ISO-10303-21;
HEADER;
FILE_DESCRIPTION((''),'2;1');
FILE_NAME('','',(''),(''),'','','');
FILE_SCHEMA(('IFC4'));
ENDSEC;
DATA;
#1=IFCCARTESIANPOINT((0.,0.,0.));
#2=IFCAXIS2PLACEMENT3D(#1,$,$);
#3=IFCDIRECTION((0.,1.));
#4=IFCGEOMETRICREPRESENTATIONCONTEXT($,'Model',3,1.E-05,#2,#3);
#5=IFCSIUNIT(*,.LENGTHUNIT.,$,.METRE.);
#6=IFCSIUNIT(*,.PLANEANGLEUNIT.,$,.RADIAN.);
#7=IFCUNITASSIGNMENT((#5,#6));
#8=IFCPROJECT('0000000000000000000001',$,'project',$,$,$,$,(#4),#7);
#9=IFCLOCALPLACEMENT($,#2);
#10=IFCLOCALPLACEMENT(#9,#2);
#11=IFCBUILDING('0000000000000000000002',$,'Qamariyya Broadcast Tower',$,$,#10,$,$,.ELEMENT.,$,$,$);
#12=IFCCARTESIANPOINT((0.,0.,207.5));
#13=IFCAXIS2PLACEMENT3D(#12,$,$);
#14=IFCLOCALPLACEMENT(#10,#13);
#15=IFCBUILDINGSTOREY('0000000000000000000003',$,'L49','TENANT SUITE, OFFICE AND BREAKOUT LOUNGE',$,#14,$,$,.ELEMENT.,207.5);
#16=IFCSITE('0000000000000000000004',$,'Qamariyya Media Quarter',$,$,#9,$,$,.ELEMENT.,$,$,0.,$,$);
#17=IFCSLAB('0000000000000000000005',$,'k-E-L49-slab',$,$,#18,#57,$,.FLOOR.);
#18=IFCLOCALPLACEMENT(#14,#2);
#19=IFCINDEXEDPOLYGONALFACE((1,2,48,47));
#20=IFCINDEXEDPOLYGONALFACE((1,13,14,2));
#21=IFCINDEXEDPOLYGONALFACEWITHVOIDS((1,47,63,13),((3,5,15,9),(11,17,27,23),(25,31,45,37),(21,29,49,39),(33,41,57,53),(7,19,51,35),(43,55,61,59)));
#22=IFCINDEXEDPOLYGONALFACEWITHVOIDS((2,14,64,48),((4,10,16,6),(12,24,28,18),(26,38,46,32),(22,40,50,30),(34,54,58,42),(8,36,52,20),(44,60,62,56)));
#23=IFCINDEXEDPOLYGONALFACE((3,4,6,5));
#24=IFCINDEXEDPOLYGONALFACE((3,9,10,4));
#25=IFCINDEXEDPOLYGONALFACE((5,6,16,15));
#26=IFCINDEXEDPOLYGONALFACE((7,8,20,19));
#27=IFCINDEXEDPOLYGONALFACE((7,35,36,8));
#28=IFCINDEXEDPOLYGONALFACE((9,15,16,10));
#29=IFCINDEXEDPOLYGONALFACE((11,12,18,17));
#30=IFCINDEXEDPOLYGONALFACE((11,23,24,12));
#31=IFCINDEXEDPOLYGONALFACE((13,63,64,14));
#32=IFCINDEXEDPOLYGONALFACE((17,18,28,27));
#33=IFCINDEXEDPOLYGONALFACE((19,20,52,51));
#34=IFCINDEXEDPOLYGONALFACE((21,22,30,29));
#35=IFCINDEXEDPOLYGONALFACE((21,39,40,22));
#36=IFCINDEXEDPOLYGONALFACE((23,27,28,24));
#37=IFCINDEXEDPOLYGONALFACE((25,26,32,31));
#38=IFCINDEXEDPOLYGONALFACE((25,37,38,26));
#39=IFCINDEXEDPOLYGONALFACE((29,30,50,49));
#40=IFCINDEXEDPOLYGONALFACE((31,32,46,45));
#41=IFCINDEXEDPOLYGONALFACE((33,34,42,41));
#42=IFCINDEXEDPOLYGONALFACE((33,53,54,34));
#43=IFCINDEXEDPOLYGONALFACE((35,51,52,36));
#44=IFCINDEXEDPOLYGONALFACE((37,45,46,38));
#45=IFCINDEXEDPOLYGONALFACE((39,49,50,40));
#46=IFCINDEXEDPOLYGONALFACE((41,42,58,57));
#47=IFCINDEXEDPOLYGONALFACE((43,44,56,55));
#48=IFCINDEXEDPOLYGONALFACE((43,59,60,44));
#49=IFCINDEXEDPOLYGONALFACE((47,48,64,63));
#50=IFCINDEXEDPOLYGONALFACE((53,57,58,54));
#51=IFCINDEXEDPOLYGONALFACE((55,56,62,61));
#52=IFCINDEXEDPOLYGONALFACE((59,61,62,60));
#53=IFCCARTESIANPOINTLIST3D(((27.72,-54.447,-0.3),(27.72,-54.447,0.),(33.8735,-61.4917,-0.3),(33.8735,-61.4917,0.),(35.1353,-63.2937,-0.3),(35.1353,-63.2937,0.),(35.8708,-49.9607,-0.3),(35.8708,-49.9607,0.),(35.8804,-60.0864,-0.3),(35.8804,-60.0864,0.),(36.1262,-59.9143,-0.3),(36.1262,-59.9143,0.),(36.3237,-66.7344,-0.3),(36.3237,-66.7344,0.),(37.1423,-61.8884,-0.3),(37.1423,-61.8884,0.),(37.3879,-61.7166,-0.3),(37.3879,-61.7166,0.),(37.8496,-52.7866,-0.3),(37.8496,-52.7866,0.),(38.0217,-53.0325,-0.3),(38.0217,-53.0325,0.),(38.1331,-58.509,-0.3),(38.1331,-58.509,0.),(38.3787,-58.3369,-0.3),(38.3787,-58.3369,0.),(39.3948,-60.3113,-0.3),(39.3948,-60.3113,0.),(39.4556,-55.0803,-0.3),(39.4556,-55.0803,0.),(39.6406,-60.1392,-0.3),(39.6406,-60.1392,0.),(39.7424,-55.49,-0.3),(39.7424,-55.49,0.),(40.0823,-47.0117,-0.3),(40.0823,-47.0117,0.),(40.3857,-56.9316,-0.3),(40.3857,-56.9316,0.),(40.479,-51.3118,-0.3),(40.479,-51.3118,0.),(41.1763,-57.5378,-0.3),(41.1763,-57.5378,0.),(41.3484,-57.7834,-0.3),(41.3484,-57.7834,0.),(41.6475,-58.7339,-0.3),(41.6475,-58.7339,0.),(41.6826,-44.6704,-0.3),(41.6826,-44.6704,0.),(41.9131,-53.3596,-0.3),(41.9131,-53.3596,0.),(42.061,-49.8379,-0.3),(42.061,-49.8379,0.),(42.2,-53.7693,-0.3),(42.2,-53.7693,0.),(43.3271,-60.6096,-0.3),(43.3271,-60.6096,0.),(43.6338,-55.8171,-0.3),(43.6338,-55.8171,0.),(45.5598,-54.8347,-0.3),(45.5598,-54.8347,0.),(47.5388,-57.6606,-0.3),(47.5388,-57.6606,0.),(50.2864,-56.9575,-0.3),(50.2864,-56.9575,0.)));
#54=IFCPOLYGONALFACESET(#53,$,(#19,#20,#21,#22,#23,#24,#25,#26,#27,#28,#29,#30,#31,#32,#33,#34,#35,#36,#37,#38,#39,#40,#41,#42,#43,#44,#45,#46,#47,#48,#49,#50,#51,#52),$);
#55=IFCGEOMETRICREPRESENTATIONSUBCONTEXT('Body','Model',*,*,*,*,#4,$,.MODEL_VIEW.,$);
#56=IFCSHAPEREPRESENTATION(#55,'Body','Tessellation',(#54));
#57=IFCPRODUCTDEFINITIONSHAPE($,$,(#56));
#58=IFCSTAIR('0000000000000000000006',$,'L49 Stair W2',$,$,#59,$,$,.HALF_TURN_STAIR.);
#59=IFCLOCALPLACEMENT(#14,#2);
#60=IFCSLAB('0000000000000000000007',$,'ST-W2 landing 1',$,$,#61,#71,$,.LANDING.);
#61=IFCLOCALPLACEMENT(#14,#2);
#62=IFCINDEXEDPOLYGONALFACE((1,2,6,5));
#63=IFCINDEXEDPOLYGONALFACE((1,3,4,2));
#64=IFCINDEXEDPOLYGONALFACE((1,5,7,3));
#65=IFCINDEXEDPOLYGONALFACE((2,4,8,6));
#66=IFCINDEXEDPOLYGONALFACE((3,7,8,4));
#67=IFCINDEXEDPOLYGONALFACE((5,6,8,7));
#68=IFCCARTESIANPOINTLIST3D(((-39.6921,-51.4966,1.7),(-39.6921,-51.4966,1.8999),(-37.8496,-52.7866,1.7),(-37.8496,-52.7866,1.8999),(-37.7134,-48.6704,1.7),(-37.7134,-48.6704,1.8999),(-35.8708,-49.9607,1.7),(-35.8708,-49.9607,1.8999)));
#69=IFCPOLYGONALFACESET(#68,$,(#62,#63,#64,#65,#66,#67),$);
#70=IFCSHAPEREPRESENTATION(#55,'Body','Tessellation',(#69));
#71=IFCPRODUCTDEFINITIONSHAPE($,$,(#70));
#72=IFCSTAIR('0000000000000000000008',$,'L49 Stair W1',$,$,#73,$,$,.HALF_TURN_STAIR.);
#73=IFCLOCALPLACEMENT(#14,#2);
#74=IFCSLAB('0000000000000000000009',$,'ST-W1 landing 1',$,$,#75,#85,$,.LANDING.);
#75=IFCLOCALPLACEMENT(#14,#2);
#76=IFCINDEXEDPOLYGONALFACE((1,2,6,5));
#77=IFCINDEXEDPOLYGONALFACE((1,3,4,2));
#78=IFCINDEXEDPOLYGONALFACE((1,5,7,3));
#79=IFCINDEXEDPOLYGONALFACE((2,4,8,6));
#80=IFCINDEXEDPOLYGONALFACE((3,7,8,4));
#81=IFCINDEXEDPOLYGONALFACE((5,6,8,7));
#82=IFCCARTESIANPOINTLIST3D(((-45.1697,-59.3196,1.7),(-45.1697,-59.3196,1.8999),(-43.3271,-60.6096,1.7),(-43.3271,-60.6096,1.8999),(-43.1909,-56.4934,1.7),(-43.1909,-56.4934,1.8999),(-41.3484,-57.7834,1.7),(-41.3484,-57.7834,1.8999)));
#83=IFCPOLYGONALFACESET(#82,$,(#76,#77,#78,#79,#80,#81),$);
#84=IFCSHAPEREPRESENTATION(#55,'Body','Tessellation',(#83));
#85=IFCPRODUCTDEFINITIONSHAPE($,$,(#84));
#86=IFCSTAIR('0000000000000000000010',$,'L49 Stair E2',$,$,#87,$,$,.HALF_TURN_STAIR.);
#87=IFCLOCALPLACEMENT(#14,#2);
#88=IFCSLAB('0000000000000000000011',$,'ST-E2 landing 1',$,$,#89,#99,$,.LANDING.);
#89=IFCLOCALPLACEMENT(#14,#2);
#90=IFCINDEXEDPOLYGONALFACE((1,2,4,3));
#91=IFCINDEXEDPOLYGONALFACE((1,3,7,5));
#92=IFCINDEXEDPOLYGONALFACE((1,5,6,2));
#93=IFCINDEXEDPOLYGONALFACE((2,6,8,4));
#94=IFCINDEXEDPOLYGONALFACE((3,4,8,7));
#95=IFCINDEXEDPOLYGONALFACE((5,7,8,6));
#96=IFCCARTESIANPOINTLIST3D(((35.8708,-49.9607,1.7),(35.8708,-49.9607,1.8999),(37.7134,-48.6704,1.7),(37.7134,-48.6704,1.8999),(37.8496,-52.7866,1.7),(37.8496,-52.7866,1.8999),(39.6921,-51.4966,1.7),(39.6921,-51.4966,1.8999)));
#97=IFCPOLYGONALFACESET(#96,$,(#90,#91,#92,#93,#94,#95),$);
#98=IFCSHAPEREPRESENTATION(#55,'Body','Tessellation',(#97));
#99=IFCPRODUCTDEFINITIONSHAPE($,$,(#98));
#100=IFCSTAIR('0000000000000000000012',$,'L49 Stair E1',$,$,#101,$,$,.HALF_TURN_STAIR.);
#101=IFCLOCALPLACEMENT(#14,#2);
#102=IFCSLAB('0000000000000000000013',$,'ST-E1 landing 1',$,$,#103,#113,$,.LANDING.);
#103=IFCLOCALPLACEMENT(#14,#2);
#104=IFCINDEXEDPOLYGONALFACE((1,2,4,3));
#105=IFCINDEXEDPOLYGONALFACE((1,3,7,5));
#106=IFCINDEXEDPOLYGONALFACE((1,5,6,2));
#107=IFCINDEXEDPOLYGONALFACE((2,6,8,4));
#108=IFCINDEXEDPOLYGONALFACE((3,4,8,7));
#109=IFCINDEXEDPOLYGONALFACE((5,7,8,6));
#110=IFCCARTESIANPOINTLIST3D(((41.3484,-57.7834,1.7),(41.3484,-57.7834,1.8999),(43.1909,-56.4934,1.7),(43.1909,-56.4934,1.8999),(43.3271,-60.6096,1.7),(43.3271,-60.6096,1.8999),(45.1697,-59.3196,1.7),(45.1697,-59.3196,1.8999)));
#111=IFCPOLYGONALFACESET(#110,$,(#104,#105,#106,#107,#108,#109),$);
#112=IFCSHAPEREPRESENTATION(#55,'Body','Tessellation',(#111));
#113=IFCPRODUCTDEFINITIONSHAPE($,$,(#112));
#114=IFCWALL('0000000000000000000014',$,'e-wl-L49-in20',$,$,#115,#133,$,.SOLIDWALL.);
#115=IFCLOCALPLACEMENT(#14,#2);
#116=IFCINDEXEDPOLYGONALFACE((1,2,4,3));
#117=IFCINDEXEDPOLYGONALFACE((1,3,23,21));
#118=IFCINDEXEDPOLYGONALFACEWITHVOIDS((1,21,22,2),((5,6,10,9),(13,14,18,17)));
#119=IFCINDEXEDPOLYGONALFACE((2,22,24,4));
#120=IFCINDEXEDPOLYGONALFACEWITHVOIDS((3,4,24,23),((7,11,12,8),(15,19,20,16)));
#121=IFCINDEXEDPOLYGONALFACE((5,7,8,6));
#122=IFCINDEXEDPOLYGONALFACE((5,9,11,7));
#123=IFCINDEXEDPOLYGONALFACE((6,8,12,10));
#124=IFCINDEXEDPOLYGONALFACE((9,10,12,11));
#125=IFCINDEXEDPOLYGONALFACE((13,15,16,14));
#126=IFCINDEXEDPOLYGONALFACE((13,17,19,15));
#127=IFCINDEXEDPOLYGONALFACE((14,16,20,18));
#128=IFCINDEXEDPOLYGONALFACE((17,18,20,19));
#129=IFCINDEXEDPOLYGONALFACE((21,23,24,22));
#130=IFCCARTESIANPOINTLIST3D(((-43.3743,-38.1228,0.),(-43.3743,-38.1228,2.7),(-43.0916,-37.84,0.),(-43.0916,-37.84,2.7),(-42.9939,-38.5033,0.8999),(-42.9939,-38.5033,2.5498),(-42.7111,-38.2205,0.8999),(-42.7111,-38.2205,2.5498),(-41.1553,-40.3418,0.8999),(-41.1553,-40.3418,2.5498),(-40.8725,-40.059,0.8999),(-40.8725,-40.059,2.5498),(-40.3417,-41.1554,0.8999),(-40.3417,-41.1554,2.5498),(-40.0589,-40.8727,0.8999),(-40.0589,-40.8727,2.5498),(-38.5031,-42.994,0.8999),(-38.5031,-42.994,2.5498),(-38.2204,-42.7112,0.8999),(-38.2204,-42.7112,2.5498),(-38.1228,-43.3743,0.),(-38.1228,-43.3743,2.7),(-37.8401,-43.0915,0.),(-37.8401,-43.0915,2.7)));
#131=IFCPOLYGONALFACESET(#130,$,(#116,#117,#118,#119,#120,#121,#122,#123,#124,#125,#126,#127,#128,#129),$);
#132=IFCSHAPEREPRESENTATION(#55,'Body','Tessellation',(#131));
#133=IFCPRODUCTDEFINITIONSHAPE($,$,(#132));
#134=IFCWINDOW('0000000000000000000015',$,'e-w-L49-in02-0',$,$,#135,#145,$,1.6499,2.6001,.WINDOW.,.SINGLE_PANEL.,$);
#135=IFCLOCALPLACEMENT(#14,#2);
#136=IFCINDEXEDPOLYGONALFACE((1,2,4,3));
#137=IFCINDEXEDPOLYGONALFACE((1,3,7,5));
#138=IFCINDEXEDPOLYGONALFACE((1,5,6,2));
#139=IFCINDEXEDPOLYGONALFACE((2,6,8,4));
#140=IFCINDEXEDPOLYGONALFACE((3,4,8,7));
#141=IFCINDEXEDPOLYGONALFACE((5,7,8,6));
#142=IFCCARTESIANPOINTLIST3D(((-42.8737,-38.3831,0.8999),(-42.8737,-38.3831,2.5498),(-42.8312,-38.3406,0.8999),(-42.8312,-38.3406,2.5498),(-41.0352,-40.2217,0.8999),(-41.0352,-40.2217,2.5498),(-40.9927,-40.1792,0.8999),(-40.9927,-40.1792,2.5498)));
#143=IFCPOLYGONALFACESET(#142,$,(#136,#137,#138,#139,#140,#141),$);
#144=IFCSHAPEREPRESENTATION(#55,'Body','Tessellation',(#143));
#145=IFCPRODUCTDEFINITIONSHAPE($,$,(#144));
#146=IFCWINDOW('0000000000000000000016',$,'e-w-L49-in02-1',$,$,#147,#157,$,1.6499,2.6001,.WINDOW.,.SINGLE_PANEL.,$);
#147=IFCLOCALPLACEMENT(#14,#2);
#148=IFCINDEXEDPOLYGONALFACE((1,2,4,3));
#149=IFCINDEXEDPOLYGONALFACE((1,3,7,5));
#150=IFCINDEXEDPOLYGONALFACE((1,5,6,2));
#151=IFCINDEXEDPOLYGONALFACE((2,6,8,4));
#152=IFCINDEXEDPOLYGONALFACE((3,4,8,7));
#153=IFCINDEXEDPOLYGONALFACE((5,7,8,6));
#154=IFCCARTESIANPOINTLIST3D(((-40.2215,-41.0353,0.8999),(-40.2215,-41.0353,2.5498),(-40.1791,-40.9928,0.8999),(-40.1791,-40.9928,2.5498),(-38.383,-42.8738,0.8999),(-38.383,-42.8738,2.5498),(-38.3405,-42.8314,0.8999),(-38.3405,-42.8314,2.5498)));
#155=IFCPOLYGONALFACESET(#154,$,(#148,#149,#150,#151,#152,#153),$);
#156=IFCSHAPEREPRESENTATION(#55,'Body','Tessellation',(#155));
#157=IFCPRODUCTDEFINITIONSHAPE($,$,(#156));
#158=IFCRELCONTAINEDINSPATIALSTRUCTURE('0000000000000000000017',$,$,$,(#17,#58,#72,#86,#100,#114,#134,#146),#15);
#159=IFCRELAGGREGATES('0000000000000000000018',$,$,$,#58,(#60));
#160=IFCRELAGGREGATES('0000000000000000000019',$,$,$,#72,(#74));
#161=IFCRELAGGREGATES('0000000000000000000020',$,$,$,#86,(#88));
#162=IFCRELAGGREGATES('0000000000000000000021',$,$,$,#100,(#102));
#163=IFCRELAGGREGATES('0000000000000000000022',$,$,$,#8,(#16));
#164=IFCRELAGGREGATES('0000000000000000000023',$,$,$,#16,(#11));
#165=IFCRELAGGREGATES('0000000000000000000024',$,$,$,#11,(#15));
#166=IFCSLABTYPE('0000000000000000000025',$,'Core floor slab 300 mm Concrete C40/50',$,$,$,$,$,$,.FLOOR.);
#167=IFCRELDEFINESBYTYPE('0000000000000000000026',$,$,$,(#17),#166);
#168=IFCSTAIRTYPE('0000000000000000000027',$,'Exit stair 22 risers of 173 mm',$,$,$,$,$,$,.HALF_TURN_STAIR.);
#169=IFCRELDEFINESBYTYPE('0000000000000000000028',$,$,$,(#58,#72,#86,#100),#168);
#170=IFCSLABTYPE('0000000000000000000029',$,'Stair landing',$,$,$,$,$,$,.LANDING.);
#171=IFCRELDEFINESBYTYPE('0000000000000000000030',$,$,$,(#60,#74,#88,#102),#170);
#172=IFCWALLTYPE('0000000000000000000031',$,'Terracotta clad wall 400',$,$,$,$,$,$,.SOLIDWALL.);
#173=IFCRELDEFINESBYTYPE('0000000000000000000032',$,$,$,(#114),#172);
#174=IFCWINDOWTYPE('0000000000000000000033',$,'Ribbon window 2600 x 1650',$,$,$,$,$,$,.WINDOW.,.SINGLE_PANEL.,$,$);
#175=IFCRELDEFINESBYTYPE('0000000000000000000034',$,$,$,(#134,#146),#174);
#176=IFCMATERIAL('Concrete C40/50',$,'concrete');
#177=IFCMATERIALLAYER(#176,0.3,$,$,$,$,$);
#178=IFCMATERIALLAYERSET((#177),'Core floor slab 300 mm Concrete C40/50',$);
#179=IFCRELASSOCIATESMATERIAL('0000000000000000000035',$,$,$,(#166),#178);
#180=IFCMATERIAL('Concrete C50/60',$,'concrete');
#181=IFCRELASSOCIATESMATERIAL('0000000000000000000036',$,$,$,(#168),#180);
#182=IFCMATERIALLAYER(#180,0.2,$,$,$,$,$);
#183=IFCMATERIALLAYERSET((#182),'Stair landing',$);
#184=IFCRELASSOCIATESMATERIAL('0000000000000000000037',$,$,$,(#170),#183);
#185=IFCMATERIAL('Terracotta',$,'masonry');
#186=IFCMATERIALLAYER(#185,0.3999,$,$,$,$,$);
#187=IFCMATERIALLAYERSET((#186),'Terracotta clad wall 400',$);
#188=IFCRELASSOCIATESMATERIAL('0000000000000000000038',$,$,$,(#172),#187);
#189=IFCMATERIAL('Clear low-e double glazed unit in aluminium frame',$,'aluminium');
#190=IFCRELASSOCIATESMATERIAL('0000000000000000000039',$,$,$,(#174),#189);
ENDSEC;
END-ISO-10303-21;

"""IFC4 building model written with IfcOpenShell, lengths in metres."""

from ifc_helpers import new_model, si_unit, direction, frame, frame_2d, origin, place, context, subcontext, project, spatial, polyline, rectangle, outline, extrude, material, layer, layer_set, type_object, element, fill, aggregate, save


model = new_model("IFC4")

# Units and contexts
model_context = context("Model", 3, precision=1e-05, world=origin(), true_north=direction((0.0, 1.0)))
body_context = subcontext(model_context, "Body", "Model", "MODEL_VIEW")
ifc_project = project(units=[si_unit("LENGTHUNIT", "METRE"), si_unit("PLANEANGLEUNIT", "RADIAN")], contexts=[model_context])

# Site, building, storey
site_placement = place(None, origin())
site = spatial("IfcSite", under=ifc_project, at=site_placement, Name="Qamariyya Media Quarter", CompositionType="ELEMENT", RefElevation=0.0)
building_placement = place(site_placement, origin())
building = spatial("IfcBuilding", under=site, at=building_placement, Name="Qamariyya Broadcast Tower", CompositionType="ELEMENT")
storey_placement = place(building_placement, frame((0.0, 0.0, 207.5)))
storey = spatial("IfcBuildingStorey", under=building, at=storey_placement, Name="L49", Description="TENANT SUITE, OFFICE AND BREAKOUT LOUNGE", CompositionType="ELEMENT", Elevation=207.5)

# Shared definitions
ifc_material_1 = material(Name="Concrete C40/50", Category="concrete")

# Slab
ifc_layer_1 = layer(ifc_material_1, 0.3)
ifc_layer_set_1 = layer_set([ifc_layer_1], Name="Core floor slab 300 mm Concrete C40/50")
slab_type_1 = type_object("IfcSlabType", Name="Core floor slab 300 mm Concrete C40/50", PredefinedType="FLOOR", material=ifc_layer_set_1)
slab_1_placement = place(storey_placement, frame((0.0, 0.0, -0.3)))
element("IfcSlab", 1, at=slab_1_placement, inside=storey, type_object=slab_type_1, Name="k-E-L49-slab", PredefinedType="FLOOR", context=body_context, shape_type="SweptSolid", body=[
    extrude(outline(polyline([(36.3237, -66.7344), (50.2864, -56.9575), (41.6826, -44.6704), (27.72, -54.447), (36.3237, -66.7344)]), holes=[polyline([(33.8735, -61.4917), (35.8804, -60.0864), (37.1423, -61.8884), (35.1353, -63.2937), (33.8735, -61.4917)]), polyline([(36.1262, -59.9143), (38.1331, -58.509), (39.3948, -60.3113), (37.3879, -61.7166), (36.1262, -59.9143)]), polyline([(38.3787, -58.3369), (40.3857, -56.9316), (41.6475, -58.7339), (39.6406, -60.1392), (38.3787, -58.3369)]), polyline([(39.7424, -55.49), (42.2, -53.7693), (43.6338, -55.8171), (41.1763, -57.5378), (39.7424, -55.49)]), polyline([(39.4556, -55.0803), (41.9131, -53.3596), (40.479, -51.3118), (38.0217, -53.0325), (39.4556, -55.0803)]), polyline([(40.0823, -47.0117), (35.8708, -49.9607), (37.8496, -52.7866), (42.061, -49.8379), (40.0823, -47.0117)]), polyline([(45.5598, -54.8347), (41.3484, -57.7834), (43.3271, -60.6096), (47.5388, -57.6606), (45.5598, -54.8347)])]), origin(), (0.0, 0.0, 1.0), 0.3),
])

# Stairs, slabs
ifc_material_2 = material(Name="Concrete C50/60", Category="concrete")
stair_type = type_object("IfcStairType", Name="Exit stair 22 risers of 173 mm", PredefinedType="HALF_TURN_STAIR", material=ifc_material_2)
stair_1_placement = place(storey_placement, origin())
stair_1 = element("IfcStair", 2, at=stair_1_placement, inside=storey, type_object=stair_type, Name="L49 Stair W2", PredefinedType="HALF_TURN_STAIR")
ifc_layer_2 = layer(ifc_material_2, 0.2)
ifc_layer_set_2 = layer_set([ifc_layer_2], Name="Stair landing")
slab_type_2 = type_object("IfcSlabType", Name="Stair landing", PredefinedType="LANDING", material=ifc_layer_set_2)
slab_2_placement = place(storey_placement, frame((0.0, 0.0, 1.7)))
slab_2 = element("IfcSlab", 3, at=slab_2_placement, type_object=slab_type_2, Name="ST-W2 landing 1", PredefinedType="LANDING", context=body_context, shape_type="SweptSolid", body=[
    extrude(outline(polyline([(-39.6921, -51.4966), (-37.8496, -52.7866), (-35.8708, -49.9607), (-37.7134, -48.6704), (-39.6921, -51.4966)])), origin(), (0.0, 0.0, 1.0), 0.2),
])
aggregate(stair_1, [slab_2])
stair_2_placement = place(storey_placement, origin())
stair_2 = element("IfcStair", 4, at=stair_2_placement, inside=storey, type_object=stair_type, Name="L49 Stair W1", PredefinedType="HALF_TURN_STAIR")
slab_3_placement = place(storey_placement, frame((0.0, 0.0, 1.7)))
slab_3 = element("IfcSlab", 5, at=slab_3_placement, type_object=slab_type_2, Name="ST-W1 landing 1", PredefinedType="LANDING", context=body_context, shape_type="SweptSolid", body=[
    extrude(outline(polyline([(-45.1697, -59.3196), (-43.3271, -60.6096), (-41.3484, -57.7834), (-43.1909, -56.4934), (-45.1697, -59.3196)])), origin(), (0.0, 0.0, 1.0), 0.2),
])
aggregate(stair_2, [slab_3])
stair_3_placement = place(storey_placement, origin())
stair_3 = element("IfcStair", 6, at=stair_3_placement, inside=storey, type_object=stair_type, Name="L49 Stair E2", PredefinedType="HALF_TURN_STAIR")
slab_4_placement = place(storey_placement, frame((0.0, 0.0, 1.7)))
slab_4 = element("IfcSlab", 7, at=slab_4_placement, type_object=slab_type_2, Name="ST-E2 landing 1", PredefinedType="LANDING", context=body_context, shape_type="SweptSolid", body=[
    extrude(outline(polyline([(37.7134, -48.6704), (35.8708, -49.9607), (37.8496, -52.7866), (39.6921, -51.4966), (37.7134, -48.6704)])), origin(), (0.0, 0.0, 1.0), 0.2),
])
aggregate(stair_3, [slab_4])
stair_4_placement = place(storey_placement, origin())
stair_4 = element("IfcStair", 8, at=stair_4_placement, inside=storey, type_object=stair_type, Name="L49 Stair E1", PredefinedType="HALF_TURN_STAIR")
slab_5_placement = place(storey_placement, frame((0.0, 0.0, 1.7)))
slab_5 = element("IfcSlab", 9, at=slab_5_placement, type_object=slab_type_2, Name="ST-E1 landing 1", PredefinedType="LANDING", context=body_context, shape_type="SweptSolid", body=[
    extrude(outline(polyline([(43.1909, -56.4934), (41.3484, -57.7834), (43.3271, -60.6096), (45.1697, -59.3196), (43.1909, -56.4934)])), origin(), (0.0, 0.0, 1.0), 0.2),
])
aggregate(stair_4, [slab_5])

# Wall, openings, windows
ifc_material_3 = material(Name="Terracotta", Category="masonry")
ifc_layer_3 = layer(ifc_material_3, 0.3999)
ifc_layer_set_3 = layer_set([ifc_layer_3], Name="Terracotta clad wall 400")
wall_type = type_object("IfcWallType", Name="Terracotta clad wall 400", PredefinedType="SOLIDWALL", material=ifc_layer_set_3)
wall_1_placement = place(storey_placement, frame((-37.9814, -43.2329, 0.0), z_axis=(0.0, 0.0, 1.0), x_axis=(-0.707107, 0.707107, 0.0)))
wall_1 = element("IfcWall", 10, at=wall_1_placement, inside=storey, type_object=wall_type, Name="e-wl-L49-in20", PredefinedType="SOLIDWALL", context=body_context, shape_type="SweptSolid", body=[
    extrude(rectangle(XDim=7.4268, YDim=0.3999, at=frame_2d((3.7134, 0.0))), origin(), (0.0, 0.0, 1.0), 2.7),
])
opening_1_placement = place(wall_1_placement, frame((4.2886, 0.0, 0.8999)))
opening_1 = element("IfcOpeningElement", 11, at=opening_1_placement, cuts=wall_1, PredefinedType="OPENING", context=body_context, shape_type="SweptSolid", body=[
    extrude(rectangle(XDim=2.6001, YDim=1.6499, at=frame_2d((1.3, 0.825))), frame((0.0, 0.21, 0.0), z_axis=(0.0, -1.0, 0.0), x_axis=(1.0, 0.0, 0.0)), (0.0, 0.0, 1.0), 0.4199),
])
opening_2_placement = place(wall_1_placement, frame((0.5378, 0.0, 0.8999)))
opening_2 = element("IfcOpeningElement", 12, at=opening_2_placement, cuts=wall_1, PredefinedType="OPENING", context=body_context, shape_type="SweptSolid", body=[
    extrude(rectangle(XDim=2.6001, YDim=1.6499, at=frame_2d((1.3, 0.825))), frame((0.0, 0.21, 0.0), z_axis=(0.0, -1.0, 0.0), x_axis=(1.0, 0.0, 0.0)), (0.0, 0.0, 1.0), 0.4199),
])
ifc_material_4 = material(Name="Clear low-e double glazed unit in aluminium frame", Category="aluminium")
window_type = type_object("IfcWindowType", Name="Ribbon window 2600 x 1650", PartitioningType="SINGLE_PANEL", PredefinedType="WINDOW", material=ifc_material_4)
window_1_placement = place(opening_1_placement, origin())
window_1 = element("IfcWindow", 13, at=window_1_placement, inside=storey, type_object=window_type, Name="e-w-L49-in02-0", OverallHeight=1.6499, OverallWidth=2.6001, PartitioningType="SINGLE_PANEL", PredefinedType="WINDOW", context=body_context, shape_type="SweptSolid", body=[
    extrude(rectangle(XDim=2.6001, YDim=1.6499, at=frame_2d((1.3, 0.825))), frame((0.0, 0.03, 0.0), z_axis=(0.0, -1.0, 0.0), x_axis=(1.0, 0.0, 0.0)), (0.0, 0.0, 1.0), 0.0601),
])
fill(opening_1, window_1)
window_2_placement = place(opening_2_placement, origin())
window_2 = element("IfcWindow", 14, at=window_2_placement, inside=storey, type_object=window_type, Name="e-w-L49-in02-1", OverallHeight=1.6499, OverallWidth=2.6001, PartitioningType="SINGLE_PANEL", PredefinedType="WINDOW", context=body_context, shape_type="SweptSolid", body=[
    extrude(rectangle(XDim=2.6001, YDim=1.6499, at=frame_2d((1.3, 0.825))), frame((0.0, 0.03, 0.0), z_axis=(0.0, -1.0, 0.0), x_axis=(1.0, 0.0, 0.0)), (0.0, 0.0, 1.0), 0.0601),
])
fill(opening_2, window_2)

save(model, "model.ifc")
